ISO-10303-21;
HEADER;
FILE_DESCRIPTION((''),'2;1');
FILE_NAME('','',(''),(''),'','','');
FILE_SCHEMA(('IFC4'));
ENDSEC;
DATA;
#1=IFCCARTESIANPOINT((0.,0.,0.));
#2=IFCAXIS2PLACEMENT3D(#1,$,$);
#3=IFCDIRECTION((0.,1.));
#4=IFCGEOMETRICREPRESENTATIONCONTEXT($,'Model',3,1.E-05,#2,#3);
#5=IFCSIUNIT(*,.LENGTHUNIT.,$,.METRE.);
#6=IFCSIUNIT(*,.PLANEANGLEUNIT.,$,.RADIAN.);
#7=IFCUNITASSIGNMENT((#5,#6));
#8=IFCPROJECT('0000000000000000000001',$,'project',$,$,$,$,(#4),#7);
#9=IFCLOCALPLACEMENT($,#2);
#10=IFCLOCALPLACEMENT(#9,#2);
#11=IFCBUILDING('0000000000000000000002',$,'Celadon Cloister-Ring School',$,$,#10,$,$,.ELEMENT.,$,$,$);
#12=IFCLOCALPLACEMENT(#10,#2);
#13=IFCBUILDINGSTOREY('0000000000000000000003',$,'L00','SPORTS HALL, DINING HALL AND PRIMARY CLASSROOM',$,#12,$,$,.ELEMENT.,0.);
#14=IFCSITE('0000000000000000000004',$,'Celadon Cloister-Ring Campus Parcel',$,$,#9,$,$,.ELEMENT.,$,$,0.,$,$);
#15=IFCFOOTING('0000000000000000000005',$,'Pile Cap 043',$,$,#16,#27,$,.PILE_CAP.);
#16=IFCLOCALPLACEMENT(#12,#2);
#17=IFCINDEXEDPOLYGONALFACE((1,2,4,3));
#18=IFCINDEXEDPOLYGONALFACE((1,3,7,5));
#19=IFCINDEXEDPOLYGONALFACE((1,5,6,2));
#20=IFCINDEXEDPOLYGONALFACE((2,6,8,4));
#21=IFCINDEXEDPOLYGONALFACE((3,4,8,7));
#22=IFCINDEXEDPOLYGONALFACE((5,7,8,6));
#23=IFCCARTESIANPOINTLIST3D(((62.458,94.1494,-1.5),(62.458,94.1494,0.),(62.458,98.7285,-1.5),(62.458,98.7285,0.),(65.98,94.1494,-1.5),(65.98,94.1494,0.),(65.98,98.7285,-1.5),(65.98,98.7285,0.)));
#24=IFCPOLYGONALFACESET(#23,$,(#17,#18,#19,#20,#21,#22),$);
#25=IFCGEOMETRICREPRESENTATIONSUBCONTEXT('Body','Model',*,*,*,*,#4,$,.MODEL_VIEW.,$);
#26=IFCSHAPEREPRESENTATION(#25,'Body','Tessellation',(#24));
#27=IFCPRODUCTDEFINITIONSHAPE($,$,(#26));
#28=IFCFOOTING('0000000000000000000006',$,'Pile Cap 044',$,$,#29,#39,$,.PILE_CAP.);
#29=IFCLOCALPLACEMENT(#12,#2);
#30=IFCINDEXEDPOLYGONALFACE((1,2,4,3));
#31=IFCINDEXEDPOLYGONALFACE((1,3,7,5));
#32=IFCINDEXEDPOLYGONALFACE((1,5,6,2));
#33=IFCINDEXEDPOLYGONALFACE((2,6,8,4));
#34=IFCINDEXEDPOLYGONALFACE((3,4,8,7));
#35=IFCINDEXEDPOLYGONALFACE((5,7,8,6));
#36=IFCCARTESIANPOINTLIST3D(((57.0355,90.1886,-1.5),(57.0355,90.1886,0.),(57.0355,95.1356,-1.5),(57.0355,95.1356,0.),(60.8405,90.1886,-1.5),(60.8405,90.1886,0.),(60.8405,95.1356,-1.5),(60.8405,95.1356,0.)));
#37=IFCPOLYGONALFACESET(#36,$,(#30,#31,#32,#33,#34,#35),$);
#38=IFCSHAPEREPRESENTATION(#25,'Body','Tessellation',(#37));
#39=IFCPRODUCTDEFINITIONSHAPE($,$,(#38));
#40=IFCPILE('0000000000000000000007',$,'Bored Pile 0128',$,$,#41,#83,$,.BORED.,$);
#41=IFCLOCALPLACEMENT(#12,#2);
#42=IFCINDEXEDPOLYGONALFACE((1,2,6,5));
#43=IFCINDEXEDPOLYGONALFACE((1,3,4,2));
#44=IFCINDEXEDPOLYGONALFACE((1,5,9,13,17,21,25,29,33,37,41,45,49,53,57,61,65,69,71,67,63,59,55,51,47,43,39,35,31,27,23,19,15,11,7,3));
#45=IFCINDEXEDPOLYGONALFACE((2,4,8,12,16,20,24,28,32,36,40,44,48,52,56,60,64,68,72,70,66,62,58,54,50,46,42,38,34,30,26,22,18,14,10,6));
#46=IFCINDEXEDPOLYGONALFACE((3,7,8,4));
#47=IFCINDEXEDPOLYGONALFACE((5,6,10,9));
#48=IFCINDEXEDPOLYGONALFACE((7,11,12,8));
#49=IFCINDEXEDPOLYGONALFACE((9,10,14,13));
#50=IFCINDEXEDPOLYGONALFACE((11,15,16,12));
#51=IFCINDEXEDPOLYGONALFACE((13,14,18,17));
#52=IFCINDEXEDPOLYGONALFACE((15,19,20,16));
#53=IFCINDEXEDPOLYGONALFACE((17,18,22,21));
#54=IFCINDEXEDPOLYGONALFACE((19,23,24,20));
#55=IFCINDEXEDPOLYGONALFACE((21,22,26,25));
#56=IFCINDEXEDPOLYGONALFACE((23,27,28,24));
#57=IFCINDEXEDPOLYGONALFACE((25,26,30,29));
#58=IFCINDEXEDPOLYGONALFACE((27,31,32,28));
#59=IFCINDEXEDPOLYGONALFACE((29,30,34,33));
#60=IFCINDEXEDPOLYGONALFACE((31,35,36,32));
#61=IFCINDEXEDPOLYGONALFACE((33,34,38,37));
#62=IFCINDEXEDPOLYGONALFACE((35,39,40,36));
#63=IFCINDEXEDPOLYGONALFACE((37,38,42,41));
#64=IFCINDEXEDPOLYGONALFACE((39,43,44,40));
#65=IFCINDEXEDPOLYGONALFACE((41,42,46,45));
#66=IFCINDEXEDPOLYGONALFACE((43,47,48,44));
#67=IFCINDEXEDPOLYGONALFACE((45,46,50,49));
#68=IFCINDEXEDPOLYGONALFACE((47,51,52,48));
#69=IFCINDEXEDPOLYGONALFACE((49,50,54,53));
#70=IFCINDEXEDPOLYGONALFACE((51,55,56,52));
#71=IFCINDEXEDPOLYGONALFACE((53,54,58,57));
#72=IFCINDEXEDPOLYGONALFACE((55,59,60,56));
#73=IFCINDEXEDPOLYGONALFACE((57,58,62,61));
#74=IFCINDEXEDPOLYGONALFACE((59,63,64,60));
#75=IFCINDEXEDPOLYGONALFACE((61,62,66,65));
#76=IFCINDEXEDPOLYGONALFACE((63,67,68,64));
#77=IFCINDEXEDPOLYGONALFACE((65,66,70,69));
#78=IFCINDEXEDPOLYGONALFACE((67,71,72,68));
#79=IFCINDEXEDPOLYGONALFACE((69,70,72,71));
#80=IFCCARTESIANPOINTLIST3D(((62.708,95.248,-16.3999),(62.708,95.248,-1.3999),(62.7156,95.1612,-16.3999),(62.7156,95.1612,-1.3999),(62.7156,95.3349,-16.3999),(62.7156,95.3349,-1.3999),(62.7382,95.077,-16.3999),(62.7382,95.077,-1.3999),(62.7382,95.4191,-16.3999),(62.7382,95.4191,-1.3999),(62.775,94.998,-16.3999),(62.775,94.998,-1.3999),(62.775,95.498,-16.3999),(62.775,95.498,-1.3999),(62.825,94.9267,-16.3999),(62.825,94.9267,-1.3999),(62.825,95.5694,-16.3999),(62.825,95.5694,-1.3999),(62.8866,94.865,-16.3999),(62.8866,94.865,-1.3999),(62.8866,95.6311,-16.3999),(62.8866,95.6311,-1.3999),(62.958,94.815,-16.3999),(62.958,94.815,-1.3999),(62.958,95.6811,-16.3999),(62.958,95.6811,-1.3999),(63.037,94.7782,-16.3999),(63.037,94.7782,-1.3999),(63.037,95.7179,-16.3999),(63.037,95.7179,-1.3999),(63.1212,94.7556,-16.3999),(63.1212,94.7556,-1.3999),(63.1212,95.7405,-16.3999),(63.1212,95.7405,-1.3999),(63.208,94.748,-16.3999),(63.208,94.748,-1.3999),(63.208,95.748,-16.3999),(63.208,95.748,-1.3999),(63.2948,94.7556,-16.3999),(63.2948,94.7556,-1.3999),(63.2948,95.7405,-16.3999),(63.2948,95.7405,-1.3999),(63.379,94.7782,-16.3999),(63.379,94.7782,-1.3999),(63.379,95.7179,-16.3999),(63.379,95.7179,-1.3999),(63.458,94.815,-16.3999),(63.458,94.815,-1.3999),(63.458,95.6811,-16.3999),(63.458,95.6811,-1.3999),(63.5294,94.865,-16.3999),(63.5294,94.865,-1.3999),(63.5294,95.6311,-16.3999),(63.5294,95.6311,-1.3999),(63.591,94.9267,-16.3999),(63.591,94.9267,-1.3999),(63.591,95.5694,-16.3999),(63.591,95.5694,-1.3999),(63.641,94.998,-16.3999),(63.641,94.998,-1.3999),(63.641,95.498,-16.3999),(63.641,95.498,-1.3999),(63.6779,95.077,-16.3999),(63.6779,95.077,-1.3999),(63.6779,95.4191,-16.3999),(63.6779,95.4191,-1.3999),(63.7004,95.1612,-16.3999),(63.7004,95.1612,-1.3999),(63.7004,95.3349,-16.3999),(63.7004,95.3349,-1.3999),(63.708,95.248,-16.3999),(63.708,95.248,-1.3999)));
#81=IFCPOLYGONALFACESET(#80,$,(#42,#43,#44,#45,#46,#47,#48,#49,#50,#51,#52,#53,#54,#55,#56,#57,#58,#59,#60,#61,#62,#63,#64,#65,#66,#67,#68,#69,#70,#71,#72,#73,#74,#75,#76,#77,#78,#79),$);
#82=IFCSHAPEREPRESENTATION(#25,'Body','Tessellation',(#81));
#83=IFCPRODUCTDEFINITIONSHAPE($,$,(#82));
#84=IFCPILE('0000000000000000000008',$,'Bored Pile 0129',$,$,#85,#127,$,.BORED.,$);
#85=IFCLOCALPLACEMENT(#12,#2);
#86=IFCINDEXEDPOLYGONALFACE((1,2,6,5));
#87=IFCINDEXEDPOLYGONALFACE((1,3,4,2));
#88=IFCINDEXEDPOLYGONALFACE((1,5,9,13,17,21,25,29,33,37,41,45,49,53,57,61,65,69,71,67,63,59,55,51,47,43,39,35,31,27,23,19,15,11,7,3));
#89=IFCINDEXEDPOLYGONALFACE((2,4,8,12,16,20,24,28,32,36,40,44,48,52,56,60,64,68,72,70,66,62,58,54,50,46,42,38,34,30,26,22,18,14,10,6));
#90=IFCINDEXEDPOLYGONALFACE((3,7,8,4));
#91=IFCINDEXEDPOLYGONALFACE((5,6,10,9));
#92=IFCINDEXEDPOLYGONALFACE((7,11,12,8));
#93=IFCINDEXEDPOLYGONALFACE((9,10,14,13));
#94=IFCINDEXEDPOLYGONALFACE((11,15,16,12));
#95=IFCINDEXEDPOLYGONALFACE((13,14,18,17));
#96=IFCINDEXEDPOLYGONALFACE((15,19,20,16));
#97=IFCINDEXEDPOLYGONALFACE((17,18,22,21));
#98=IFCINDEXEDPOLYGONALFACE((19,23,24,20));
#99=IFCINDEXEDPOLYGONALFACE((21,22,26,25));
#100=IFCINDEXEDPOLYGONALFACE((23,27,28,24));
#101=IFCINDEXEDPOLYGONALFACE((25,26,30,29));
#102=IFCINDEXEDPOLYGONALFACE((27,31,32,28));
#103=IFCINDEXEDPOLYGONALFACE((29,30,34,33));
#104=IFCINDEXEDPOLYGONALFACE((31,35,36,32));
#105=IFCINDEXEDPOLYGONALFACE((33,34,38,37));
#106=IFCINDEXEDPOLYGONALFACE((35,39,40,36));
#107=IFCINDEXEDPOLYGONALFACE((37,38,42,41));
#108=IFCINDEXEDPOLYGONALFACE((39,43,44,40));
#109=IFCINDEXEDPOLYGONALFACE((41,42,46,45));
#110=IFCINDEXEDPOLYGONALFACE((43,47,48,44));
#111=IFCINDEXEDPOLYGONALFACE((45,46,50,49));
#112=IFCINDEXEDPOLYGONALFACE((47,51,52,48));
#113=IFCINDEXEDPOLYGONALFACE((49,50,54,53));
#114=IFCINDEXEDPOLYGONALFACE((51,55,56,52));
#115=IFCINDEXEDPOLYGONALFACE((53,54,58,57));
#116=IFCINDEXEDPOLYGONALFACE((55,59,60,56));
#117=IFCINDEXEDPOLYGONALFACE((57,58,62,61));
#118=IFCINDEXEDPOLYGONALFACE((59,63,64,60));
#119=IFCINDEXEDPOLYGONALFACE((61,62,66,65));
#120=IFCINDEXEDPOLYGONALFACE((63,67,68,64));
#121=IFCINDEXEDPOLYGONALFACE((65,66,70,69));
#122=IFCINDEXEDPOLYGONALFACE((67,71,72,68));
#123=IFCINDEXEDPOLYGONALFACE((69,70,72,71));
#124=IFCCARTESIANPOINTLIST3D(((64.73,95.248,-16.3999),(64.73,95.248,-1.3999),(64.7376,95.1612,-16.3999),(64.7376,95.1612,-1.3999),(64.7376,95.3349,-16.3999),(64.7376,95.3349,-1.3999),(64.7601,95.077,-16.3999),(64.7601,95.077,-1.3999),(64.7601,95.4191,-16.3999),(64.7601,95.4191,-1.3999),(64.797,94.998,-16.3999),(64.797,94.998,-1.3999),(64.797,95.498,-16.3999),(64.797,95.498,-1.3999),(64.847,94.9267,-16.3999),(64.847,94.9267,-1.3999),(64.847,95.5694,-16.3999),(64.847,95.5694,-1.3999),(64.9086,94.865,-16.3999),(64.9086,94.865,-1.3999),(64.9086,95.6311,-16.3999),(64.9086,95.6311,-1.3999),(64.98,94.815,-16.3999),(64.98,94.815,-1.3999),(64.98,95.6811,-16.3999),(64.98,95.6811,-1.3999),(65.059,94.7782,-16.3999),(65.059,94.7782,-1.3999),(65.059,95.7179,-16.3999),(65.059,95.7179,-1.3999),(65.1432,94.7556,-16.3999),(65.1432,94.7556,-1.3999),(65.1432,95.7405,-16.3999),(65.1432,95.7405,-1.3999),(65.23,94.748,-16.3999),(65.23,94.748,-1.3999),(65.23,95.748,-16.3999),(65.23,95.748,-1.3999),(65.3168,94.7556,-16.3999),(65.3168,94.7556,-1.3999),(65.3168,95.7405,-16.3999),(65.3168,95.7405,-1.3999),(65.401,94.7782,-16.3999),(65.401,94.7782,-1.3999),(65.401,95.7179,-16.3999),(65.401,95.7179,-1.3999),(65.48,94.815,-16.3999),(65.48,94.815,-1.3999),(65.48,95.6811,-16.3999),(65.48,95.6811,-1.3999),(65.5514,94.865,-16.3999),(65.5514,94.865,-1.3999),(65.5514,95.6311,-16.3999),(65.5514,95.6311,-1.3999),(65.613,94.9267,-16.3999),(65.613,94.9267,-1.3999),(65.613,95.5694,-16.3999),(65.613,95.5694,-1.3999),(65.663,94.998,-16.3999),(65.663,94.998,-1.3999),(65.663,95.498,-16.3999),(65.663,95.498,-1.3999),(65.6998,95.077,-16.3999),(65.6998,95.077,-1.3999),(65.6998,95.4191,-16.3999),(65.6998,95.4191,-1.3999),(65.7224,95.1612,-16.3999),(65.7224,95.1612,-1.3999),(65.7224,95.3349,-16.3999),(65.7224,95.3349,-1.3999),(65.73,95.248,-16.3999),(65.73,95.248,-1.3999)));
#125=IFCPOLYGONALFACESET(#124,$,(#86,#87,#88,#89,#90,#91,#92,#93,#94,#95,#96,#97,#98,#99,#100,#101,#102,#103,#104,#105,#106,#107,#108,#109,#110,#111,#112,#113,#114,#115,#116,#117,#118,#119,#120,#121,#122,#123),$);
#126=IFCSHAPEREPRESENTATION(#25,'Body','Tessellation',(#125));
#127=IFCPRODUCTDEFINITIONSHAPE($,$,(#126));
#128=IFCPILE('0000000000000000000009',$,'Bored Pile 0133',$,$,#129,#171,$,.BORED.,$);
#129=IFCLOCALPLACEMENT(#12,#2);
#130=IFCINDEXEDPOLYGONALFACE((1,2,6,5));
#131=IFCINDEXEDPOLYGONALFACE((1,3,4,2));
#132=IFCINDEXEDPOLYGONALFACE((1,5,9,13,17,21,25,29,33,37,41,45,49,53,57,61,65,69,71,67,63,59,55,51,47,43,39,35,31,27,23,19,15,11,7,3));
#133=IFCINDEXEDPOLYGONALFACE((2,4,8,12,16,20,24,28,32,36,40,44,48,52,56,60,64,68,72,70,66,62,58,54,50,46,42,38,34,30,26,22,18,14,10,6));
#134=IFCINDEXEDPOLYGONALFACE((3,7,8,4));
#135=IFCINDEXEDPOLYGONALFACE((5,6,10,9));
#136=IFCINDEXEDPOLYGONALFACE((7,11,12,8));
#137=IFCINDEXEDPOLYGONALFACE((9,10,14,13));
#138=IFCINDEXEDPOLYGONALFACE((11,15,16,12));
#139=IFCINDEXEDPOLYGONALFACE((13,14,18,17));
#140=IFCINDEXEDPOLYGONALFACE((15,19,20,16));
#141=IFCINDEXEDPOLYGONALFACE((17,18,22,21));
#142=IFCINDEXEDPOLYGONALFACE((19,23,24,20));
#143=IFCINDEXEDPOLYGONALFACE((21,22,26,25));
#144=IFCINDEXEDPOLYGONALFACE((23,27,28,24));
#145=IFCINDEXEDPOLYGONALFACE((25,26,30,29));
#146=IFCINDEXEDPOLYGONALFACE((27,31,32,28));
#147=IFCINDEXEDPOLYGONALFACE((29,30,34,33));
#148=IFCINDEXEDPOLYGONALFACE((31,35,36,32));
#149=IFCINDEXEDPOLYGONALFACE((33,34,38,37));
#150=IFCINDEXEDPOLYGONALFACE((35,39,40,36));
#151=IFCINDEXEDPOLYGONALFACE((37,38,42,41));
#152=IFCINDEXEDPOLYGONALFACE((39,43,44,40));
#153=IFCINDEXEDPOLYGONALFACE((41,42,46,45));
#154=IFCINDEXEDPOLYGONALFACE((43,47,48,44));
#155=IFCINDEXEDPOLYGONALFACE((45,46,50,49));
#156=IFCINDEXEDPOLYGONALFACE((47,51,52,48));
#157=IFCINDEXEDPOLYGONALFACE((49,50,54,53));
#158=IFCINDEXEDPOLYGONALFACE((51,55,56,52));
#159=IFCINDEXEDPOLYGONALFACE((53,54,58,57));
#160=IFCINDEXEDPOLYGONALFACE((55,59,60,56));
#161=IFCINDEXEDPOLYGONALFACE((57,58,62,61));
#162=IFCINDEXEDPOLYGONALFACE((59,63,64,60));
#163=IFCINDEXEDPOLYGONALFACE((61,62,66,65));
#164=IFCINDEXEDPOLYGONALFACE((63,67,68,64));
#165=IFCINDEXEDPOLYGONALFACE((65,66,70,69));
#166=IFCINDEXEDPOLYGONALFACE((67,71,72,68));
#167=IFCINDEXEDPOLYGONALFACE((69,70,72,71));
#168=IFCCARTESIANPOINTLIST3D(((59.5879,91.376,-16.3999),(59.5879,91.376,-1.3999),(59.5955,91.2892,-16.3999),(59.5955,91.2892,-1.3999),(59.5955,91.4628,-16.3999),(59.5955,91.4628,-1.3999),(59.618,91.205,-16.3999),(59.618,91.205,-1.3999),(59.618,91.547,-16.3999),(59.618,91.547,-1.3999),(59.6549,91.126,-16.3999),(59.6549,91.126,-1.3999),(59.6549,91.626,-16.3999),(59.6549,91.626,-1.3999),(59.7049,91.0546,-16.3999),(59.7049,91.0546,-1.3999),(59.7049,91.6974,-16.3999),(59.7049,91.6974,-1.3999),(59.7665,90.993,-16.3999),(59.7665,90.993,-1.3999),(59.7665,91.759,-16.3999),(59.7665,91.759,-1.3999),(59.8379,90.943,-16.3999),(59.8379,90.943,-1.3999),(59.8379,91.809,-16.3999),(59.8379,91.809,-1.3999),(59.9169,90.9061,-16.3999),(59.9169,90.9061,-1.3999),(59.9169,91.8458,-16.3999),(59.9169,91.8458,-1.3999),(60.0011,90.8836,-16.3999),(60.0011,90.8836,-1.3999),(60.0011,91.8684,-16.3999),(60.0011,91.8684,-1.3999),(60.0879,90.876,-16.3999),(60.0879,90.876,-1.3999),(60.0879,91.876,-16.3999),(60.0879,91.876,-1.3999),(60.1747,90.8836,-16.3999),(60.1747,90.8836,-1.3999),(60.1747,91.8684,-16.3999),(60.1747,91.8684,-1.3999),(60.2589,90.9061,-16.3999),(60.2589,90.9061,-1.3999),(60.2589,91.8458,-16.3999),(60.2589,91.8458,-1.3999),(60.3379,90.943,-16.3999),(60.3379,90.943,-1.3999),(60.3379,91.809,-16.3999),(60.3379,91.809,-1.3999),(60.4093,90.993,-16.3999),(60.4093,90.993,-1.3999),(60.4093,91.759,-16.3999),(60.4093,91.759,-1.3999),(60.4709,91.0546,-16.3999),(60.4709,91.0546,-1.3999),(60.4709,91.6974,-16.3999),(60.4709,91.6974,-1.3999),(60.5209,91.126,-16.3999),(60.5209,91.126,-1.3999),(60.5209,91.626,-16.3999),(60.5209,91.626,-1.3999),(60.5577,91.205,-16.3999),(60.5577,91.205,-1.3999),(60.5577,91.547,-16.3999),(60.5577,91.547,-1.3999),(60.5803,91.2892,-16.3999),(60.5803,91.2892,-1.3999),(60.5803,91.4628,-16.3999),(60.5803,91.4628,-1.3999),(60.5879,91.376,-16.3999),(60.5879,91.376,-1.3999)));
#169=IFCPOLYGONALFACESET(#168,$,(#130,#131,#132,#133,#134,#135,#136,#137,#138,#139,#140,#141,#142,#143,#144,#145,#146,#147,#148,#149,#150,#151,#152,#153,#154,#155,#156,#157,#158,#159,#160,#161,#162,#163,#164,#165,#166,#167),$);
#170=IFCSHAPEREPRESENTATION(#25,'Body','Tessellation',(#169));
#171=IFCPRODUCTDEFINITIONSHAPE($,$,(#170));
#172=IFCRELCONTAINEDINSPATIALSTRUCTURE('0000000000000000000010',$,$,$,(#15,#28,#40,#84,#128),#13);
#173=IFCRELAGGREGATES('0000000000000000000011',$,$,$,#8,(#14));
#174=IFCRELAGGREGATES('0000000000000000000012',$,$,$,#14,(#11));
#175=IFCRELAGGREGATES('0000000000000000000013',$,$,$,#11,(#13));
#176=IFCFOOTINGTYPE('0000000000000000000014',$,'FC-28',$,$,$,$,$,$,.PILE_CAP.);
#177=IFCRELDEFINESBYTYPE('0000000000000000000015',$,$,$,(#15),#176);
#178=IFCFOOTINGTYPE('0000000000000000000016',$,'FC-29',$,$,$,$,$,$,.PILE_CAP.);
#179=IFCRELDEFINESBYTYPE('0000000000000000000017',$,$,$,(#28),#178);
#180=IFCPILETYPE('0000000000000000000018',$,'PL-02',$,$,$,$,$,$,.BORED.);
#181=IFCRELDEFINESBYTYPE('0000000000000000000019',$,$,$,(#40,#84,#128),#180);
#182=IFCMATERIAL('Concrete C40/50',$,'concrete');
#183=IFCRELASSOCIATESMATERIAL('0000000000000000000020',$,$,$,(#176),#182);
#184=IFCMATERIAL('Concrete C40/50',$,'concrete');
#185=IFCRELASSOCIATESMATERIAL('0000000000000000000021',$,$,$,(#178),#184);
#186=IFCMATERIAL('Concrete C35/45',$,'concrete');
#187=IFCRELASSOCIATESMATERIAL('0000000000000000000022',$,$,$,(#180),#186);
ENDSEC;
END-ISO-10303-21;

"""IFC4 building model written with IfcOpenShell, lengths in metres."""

from ifc_helpers import new_model, si_unit, direction, frame, origin, origin_2d, place, context, subcontext, project, spatial, rectangle, circle, extrude, material, material_profile, profile_set, type_object, element, save


model = new_model("IFC4")

# Units and contexts
model_context = context("Model", 3, precision=1e-05, world=origin(), true_north=direction((0.0, 1.0)))
body_context = subcontext(model_context, "Body", "Model", "MODEL_VIEW")
ifc_project = project(units=[si_unit("LENGTHUNIT", "METRE"), si_unit("PLANEANGLEUNIT", "RADIAN")], contexts=[model_context])

# Site, building, storey
site_placement = place(None, origin())
site = spatial("IfcSite", under=ifc_project, at=site_placement, Name="Celadon Cloister-Ring Campus Parcel", CompositionType="ELEMENT", RefElevation=0.0)
building_placement = place(site_placement, origin())
building = spatial("IfcBuilding", under=site, at=building_placement, Name="Celadon Cloister-Ring School", CompositionType="ELEMENT")
storey_placement = place(building_placement, origin())
storey = spatial("IfcBuildingStorey", under=building, at=storey_placement, Name="L00", Description="SPORTS HALL, DINING HALL AND PRIMARY CLASSROOM", CompositionType="ELEMENT", Elevation=0.0)

# Footings
ifc_material_1 = material(Name="Concrete C40/50", Category="concrete")
footing_type_1 = type_object("IfcFootingType", Name="FC-28", PredefinedType="PILE_CAP", material=ifc_material_1)
footing_1_placement = place(storey_placement, frame((64.219, 96.439, -1.5), z_axis=(0.0, 0.0, 1.0), x_axis=(1.0, 0.0, 0.0)))
element("IfcFooting", 1, at=footing_1_placement, inside=storey, type_object=footing_type_1, Name="Pile Cap 043", PredefinedType="PILE_CAP", context=body_context, shape_type="SweptSolid", body=[
    extrude(rectangle(XDim=3.522, YDim=4.5791, at=origin_2d()), origin(), (0.0, 0.0, 1.0), 1.5),
])
ifc_material_2 = material(Name="Concrete C40/50", Category="concrete")
footing_type_2 = type_object("IfcFootingType", Name="FC-29", PredefinedType="PILE_CAP", material=ifc_material_2)
footing_2_placement = place(storey_placement, frame((58.938, 92.6621, -1.5), z_axis=(0.0, 0.0, 1.0), x_axis=(1.0, 0.0, 0.0)))
element("IfcFooting", 2, at=footing_2_placement, inside=storey, type_object=footing_type_2, Name="Pile Cap 044", PredefinedType="PILE_CAP", context=body_context, shape_type="SweptSolid", body=[
    extrude(rectangle(XDim=3.8049, YDim=4.947, at=origin_2d()), origin(), (0.0, 0.0, 1.0), 1.5),
])

# Piles
ifc_material_3 = material(Name="Concrete C35/45", Category="concrete")
ifc_material_profile_1 = material_profile(ifc_material_3, circle(Radius=0.5, at=origin_2d()), Name="PILE1000")
ifc_profile_set_1 = profile_set([ifc_material_profile_1], Name="Concrete C35/45")
pile_type = type_object("IfcPileType", Name="PL-02", PredefinedType="BORED", material=ifc_profile_set_1)
for number, where, z_axis, x_axis, name in (
    (3, (63.208, 95.248, -1.3999), (0.0, 0.0, -1.0), (1.0, 0.0, 0.0), "Bored Pile 0128"),
    (4, (65.23, 95.248, -1.3999), (0.0, 0.0, -1.0), (1.0, 0.0, 0.0), "Bored Pile 0129"),
    (5, (60.0879, 91.376, -1.3999), (0.0, 0.0, -1.0), (1.0, 0.0, 0.0), "Bored Pile 0133"),
):
    element("IfcPile", number, at=place(storey_placement, frame(where, z_axis=z_axis, x_axis=x_axis)), inside=storey, type_object=pile_type, Name=name, PredefinedType="BORED", context=body_context, shape_type="SweptSolid", body=[
        extrude(circle(Radius=0.5, at=origin_2d()), origin(), (0.0, 0.0, 1.0), 15.0),
    ])

save(model, "model.ifc")
